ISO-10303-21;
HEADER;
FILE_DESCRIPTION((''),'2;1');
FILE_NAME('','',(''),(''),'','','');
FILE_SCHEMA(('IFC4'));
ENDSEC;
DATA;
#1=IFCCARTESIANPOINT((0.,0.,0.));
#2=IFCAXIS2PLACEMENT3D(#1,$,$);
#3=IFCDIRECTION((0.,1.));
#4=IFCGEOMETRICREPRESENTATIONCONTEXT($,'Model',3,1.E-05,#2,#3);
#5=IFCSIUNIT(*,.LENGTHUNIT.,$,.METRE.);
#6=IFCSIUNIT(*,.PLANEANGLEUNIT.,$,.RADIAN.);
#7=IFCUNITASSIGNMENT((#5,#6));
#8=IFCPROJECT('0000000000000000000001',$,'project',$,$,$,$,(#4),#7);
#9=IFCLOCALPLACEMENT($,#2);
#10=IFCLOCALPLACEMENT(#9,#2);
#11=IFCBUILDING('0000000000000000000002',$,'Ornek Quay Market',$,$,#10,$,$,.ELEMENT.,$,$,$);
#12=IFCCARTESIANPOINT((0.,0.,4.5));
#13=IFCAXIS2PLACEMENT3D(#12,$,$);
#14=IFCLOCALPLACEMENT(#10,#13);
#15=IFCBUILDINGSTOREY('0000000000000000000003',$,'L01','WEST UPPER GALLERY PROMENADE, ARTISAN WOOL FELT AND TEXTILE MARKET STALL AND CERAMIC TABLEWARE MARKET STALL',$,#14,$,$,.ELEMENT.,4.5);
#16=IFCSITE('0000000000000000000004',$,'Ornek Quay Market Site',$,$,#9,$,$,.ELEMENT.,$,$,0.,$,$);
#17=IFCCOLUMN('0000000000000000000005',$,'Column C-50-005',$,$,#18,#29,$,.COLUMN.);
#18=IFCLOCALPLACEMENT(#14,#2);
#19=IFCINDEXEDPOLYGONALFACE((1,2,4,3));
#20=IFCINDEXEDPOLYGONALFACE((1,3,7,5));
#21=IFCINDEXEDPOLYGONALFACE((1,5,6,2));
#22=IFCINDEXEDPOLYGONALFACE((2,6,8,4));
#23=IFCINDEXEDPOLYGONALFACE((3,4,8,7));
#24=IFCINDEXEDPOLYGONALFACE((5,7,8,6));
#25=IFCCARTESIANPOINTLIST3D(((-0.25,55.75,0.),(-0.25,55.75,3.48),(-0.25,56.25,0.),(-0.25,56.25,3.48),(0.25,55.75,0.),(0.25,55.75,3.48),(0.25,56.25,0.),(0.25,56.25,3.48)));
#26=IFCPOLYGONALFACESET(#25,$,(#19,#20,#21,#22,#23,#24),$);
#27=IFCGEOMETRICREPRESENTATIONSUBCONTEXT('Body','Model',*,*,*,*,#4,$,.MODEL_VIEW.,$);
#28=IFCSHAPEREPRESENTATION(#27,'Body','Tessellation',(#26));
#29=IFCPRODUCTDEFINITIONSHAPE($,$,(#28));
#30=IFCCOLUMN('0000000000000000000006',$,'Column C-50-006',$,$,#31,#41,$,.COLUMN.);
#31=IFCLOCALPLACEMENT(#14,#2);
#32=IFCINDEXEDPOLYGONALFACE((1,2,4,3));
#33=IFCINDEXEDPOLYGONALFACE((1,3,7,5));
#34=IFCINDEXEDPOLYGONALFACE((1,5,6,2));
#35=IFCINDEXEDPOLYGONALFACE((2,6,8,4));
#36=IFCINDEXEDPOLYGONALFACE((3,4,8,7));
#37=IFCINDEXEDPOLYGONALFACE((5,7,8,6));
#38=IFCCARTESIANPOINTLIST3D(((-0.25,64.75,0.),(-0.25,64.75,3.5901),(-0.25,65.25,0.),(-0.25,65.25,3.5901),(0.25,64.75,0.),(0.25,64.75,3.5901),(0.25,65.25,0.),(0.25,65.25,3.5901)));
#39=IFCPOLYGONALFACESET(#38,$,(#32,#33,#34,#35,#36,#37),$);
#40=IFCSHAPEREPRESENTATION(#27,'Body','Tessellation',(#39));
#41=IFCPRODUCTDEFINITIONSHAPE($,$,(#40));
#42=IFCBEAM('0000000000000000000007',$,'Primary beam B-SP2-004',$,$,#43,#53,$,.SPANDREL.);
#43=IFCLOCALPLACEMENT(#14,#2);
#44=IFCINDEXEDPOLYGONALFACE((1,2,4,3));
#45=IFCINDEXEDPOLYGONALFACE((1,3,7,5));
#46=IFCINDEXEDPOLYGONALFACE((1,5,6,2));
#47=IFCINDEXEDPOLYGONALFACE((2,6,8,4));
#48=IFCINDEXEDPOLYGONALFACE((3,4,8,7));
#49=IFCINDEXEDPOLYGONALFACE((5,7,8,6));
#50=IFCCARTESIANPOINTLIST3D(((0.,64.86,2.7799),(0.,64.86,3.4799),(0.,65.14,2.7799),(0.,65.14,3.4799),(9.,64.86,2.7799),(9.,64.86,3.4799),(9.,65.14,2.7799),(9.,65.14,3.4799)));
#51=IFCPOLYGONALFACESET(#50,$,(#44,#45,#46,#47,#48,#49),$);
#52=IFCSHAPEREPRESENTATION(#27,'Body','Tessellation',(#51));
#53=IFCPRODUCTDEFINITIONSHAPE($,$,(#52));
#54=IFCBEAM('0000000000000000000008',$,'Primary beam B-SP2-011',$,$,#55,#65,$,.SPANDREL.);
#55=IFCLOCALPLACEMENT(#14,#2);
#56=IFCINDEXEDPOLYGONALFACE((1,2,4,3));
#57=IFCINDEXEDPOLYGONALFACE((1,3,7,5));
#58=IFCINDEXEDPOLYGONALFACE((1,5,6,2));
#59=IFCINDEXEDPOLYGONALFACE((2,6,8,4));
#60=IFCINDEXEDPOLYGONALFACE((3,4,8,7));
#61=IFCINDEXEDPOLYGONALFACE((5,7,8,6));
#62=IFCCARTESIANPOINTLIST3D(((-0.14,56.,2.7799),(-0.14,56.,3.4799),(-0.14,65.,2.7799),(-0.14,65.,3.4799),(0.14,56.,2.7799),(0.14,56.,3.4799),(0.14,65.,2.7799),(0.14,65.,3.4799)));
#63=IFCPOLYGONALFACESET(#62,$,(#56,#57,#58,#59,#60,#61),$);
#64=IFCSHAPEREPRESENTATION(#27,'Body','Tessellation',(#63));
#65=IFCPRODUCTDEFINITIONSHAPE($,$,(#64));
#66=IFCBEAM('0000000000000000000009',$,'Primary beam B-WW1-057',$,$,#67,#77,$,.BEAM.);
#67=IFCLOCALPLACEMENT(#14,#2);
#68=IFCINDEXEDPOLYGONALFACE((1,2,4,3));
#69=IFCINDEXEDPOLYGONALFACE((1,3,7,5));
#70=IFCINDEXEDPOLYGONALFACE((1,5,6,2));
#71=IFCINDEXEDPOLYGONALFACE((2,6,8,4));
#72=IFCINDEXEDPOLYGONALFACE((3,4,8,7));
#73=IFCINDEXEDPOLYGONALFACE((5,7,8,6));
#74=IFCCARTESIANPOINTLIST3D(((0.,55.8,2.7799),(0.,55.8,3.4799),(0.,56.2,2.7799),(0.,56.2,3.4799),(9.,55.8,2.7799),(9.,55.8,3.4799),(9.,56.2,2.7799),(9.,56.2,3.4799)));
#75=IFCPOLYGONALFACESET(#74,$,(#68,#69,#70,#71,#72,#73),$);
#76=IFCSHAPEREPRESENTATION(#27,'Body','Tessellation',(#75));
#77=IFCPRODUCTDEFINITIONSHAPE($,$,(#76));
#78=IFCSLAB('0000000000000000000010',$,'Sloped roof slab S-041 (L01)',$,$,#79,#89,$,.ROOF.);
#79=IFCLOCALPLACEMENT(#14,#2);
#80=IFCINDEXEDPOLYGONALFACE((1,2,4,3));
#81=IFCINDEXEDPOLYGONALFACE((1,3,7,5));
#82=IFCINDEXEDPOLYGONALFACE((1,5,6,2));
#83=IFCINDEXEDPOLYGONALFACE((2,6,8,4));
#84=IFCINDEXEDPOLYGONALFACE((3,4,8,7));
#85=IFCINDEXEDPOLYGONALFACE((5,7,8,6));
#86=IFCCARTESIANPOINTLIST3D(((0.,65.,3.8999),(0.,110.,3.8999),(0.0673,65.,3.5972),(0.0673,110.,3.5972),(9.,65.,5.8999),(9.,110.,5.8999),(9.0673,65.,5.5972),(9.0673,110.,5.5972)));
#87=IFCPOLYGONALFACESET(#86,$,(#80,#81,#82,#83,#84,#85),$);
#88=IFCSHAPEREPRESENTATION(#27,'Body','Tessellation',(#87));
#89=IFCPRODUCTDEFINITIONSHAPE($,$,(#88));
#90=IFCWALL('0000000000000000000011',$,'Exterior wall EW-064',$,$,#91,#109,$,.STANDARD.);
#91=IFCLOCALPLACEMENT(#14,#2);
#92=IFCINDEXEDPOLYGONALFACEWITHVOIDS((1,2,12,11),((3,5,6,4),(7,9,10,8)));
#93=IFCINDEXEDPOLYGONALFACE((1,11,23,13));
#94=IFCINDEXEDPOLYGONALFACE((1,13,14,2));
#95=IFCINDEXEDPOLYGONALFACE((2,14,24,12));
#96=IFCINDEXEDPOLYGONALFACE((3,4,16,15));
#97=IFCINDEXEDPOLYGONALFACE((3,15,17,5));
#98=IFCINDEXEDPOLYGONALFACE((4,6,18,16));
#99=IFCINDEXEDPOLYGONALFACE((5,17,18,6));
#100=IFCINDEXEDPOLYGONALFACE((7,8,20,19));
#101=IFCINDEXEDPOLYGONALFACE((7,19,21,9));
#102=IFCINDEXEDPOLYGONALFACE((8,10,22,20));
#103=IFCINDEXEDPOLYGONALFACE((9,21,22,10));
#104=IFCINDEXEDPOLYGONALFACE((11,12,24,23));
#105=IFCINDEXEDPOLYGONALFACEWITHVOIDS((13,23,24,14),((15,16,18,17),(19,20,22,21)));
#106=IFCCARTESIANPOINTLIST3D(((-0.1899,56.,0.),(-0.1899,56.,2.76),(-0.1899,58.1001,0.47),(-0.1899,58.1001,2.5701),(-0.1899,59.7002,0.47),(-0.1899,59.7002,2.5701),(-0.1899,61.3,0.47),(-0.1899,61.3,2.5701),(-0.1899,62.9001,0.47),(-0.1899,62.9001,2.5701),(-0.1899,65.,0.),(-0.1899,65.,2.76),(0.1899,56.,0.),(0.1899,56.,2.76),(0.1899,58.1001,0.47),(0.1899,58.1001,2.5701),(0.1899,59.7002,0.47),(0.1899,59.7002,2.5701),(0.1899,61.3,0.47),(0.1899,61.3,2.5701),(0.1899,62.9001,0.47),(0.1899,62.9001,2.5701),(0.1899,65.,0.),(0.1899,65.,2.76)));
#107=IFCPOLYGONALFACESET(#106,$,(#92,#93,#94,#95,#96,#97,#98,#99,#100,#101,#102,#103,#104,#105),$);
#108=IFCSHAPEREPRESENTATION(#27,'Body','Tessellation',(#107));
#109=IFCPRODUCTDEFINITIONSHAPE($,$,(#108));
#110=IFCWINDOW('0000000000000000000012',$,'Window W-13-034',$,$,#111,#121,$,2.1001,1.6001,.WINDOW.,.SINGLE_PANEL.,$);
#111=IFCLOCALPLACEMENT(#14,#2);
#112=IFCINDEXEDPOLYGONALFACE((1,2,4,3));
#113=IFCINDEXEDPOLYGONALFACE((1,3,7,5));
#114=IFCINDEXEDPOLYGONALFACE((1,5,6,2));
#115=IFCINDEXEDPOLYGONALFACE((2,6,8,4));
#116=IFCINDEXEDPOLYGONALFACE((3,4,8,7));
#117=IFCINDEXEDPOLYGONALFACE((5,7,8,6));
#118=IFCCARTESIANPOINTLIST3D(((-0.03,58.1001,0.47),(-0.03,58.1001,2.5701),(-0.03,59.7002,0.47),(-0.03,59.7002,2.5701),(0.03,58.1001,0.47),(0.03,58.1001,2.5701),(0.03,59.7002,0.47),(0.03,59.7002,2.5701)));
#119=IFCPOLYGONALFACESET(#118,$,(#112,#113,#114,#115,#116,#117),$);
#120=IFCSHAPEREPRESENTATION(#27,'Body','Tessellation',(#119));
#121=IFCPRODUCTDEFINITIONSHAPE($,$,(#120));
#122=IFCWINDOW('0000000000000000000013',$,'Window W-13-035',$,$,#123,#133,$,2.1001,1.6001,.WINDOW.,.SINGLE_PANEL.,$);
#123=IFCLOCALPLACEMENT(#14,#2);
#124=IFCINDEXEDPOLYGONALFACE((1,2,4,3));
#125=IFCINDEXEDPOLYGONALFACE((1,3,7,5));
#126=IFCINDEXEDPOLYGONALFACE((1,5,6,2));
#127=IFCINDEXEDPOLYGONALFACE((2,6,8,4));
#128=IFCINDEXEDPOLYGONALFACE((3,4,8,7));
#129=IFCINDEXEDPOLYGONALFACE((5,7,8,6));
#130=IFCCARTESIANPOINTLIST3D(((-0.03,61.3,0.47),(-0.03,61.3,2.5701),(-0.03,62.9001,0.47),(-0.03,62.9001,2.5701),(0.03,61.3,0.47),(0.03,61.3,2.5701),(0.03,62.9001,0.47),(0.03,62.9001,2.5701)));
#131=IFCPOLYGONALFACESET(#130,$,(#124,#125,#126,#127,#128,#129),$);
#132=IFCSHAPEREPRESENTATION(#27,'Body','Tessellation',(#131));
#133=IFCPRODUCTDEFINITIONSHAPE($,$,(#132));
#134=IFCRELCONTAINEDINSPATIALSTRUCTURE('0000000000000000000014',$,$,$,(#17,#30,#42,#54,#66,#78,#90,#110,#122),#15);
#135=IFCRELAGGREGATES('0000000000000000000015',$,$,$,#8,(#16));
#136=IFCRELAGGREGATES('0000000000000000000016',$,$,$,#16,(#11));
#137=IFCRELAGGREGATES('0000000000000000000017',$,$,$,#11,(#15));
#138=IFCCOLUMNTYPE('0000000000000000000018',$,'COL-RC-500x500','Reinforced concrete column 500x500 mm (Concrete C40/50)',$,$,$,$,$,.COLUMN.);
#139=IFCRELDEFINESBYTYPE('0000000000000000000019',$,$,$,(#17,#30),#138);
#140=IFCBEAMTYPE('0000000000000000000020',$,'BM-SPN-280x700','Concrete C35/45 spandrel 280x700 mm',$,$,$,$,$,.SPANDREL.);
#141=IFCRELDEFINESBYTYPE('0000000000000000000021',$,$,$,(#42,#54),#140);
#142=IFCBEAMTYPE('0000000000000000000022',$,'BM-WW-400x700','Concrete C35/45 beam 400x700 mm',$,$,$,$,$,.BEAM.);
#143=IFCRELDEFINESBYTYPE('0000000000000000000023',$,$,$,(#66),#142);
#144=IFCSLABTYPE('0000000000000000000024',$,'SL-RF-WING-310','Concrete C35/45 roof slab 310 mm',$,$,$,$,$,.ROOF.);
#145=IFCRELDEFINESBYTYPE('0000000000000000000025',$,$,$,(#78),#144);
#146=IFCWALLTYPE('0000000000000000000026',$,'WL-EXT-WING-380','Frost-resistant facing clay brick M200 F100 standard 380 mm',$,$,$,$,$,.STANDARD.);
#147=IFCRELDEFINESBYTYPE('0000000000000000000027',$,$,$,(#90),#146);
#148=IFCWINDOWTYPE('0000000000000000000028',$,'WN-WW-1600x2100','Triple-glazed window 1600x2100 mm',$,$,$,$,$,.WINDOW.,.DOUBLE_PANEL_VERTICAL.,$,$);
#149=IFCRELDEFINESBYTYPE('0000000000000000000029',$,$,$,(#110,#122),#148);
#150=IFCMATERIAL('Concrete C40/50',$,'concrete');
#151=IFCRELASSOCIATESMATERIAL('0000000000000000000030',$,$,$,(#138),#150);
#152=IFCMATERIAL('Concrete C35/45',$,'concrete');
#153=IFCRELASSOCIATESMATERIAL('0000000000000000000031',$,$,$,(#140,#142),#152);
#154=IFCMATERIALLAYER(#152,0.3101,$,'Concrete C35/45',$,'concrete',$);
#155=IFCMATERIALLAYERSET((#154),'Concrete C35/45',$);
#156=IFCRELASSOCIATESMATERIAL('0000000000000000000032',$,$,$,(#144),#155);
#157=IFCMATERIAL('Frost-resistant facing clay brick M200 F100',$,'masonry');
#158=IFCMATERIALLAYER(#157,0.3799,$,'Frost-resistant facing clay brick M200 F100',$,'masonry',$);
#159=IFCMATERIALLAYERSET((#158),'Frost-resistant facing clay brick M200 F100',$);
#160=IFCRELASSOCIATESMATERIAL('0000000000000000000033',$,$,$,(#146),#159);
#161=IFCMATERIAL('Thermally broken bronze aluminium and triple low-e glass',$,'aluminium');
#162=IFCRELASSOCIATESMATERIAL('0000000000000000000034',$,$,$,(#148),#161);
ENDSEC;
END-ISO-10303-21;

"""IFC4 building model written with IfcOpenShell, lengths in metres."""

from ifc_helpers import new_model, si_unit, direction, frame, frame_2d, origin, origin_2d, place, context, subcontext, project, spatial, polyline, rectangle, outline, extrude, material, layer, layer_set, material_profile, profile_set, type_object, element, fill, save


model = new_model("IFC4")

# Units and contexts
model_context = context("Model", 3, precision=1e-05, world=origin(), true_north=direction((0.0, 1.0)))
body_context = subcontext(model_context, "Body", "Model", "MODEL_VIEW")
ifc_project = project(units=[si_unit("LENGTHUNIT", "METRE"), si_unit("PLANEANGLEUNIT", "RADIAN")], contexts=[model_context])

# Site, building, storey
site_placement = place(None, origin())
site = spatial("IfcSite", under=ifc_project, at=site_placement, Name="Ornek Quay Market Site", CompositionType="ELEMENT", RefElevation=0.0)
building_placement = place(site_placement, origin())
building = spatial("IfcBuilding", under=site, at=building_placement, Name="Ornek Quay Market", CompositionType="ELEMENT")
storey_placement = place(building_placement, frame((0.0, 0.0, 4.5)))
storey = spatial("IfcBuildingStorey", under=building, at=storey_placement, Name="L01", Description="WEST UPPER GALLERY PROMENADE, ARTISAN WOOL FELT AND TEXTILE MARKET STALL AND CERAMIC TABLEWARE MARKET STALL", CompositionType="ELEMENT", Elevation=4.5)

# Columns
ifc_material_1 = material(Name="Concrete C40/50", Category="concrete")
ifc_material_profile_1 = material_profile(ifc_material_1, rectangle(XDim=0.5, YDim=0.5, at=origin_2d()), Name="RC 500x500", Category="concrete")
ifc_profile_set_1 = profile_set([ifc_material_profile_1], Name="Concrete C40/50")
column_type = type_object("IfcColumnType", Name="COL-RC-500x500", Description="Reinforced concrete column 500x500 mm (Concrete C40/50)", PredefinedType="COLUMN", material=ifc_profile_set_1)
column_1_placement = place(storey_placement, frame((0.0, 56.0, 0.0), z_axis=(0.0, 0.0, 1.0), x_axis=(1.0, 0.0, 0.0)))
element("IfcColumn", 1, at=column_1_placement, inside=storey, type_object=column_type, Name="Column C-50-005", PredefinedType="COLUMN", context=body_context, shape_type="SweptSolid", body=[
    extrude(rectangle(XDim=0.5, YDim=0.5, at=origin_2d()), origin(), (0.0, 0.0, 1.0), 3.48),
])
column_2_placement = place(storey_placement, frame((0.0, 65.0, 0.0), z_axis=(0.0, 0.0, 1.0), x_axis=(1.0, 0.0, 0.0)))
element("IfcColumn", 2, at=column_2_placement, inside=storey, type_object=column_type, Name="Column C-50-006", PredefinedType="COLUMN", context=body_context, shape_type="SweptSolid", body=[
    extrude(rectangle(XDim=0.5, YDim=0.5, at=origin_2d()), origin(), (0.0, 0.0, 1.0), 3.5901),
])

# Beams
ifc_material_2 = material(Name="Concrete C35/45", Category="concrete")
ifc_material_profile_2 = material_profile(ifc_material_2, rectangle(XDim=0.28, YDim=0.7, at=origin_2d()), Name="RC 280x700", Category="concrete")
ifc_profile_set_2 = profile_set([ifc_material_profile_2], Name="Concrete C35/45")
beam_type_1 = type_object("IfcBeamType", Name="BM-SPN-280x700", Description="Concrete C35/45 spandrel 280x700 mm", PredefinedType="SPANDREL", material=ifc_profile_set_2)
for number, where, z_axis, x_axis, name in (
    (3, (0.0, 65.0, 3.1299), (1.0, 0.0, 0.0), (0.0, 1.0, 0.0), "Primary beam B-SP2-004"),
    (4, (0.0, 56.0, 3.1299), (0.0, 1.0, 0.0), (-1.0, 0.0, 0.0), "Primary beam B-SP2-011"),
):
    element("IfcBeam", number, at=place(storey_placement, frame(where, z_axis=z_axis, x_axis=x_axis)), inside=storey, type_object=beam_type_1, Name=name, PredefinedType="SPANDREL", context=body_context, shape_type="SweptSolid", body=[
        extrude(rectangle(XDim=0.28, YDim=0.7, at=origin_2d()), origin(), (0.0, 0.0, 1.0), 9.0),
    ])
ifc_material_profile_3 = material_profile(ifc_material_2, rectangle(XDim=0.3999, YDim=0.7, at=origin_2d()), Name="RC 400x700", Category="concrete")
ifc_profile_set_3 = profile_set([ifc_material_profile_3], Name="Concrete C35/45")
beam_type_2 = type_object("IfcBeamType", Name="BM-WW-400x700", Description="Concrete C35/45 beam 400x700 mm", PredefinedType="BEAM", material=ifc_profile_set_3)
beam_placement = place(storey_placement, frame((0.0, 56.0, 3.1299), z_axis=(1.0, 0.0, 0.0), x_axis=(0.0, 1.0, 0.0)))
element("IfcBeam", 5, at=beam_placement, inside=storey, type_object=beam_type_2, Name="Primary beam B-WW1-057", PredefinedType="BEAM", context=body_context, shape_type="SweptSolid", body=[
    extrude(rectangle(XDim=0.3999, YDim=0.7, at=origin_2d()), origin(), (0.0, 0.0, 1.0), 9.0),
])

# Slab
ifc_layer_1 = layer(ifc_material_2, 0.3101, Name="Concrete C35/45", Category="concrete")
ifc_layer_set_1 = layer_set([ifc_layer_1], Name="Concrete C35/45")
slab_type = type_object("IfcSlabType", Name="SL-RF-WING-310", Description="Concrete C35/45 roof slab 310 mm", PredefinedType="ROOF", material=ifc_layer_set_1)
slab_placement = place(storey_placement, frame((0.0, 65.0, 3.8999), z_axis=(-0.21693, 0.0, 0.976187), x_axis=(0.976187, 0.0, 0.21693)))
element("IfcSlab", 6, at=slab_placement, inside=storey, type_object=slab_type, Name="Sloped roof slab S-041 (L01)", PredefinedType="ROOF", context=body_context, shape_type="SweptSolid", body=[
    extrude(outline(polyline([(0.0, 0.0), (9.2195, 0.0), (9.2195, 45.0), (0.0, 45.0), (0.0, 0.0)])), origin(), (0.0, 0.0, -1.0), 0.3101),
])

# Wall, openings, windows
ifc_material_3 = material(Name="Frost-resistant facing clay brick M200 F100", Category="masonry")
ifc_layer_2 = layer(ifc_material_3, 0.3799, Name="Frost-resistant facing clay brick M200 F100", Category="masonry")
ifc_layer_set_2 = layer_set([ifc_layer_2], Name="Frost-resistant facing clay brick M200 F100")
wall_type_1 = type_object("IfcWallType", Name="WL-EXT-WING-380", Description="Frost-resistant facing clay brick M200 F100 standard 380 mm", PredefinedType="STANDARD", material=ifc_layer_set_2)
wall_1_placement = place(storey_placement, frame((0.0, 56.0, 0.0), z_axis=(0.0, 0.0, 1.0), x_axis=(0.0, 1.0, 0.0)))
wall_1 = element("IfcWall", 7, at=wall_1_placement, inside=storey, type_object=wall_type_1, Name="Exterior wall EW-064", PredefinedType="STANDARD", context=body_context, shape_type="SweptSolid", body=[
    extrude(rectangle(XDim=9.0, YDim=0.3799, at=frame_2d((4.5, 0.0))), origin(), (0.0, 0.0, 1.0), 2.76),
])
opening_1_placement = place(wall_1_placement, frame((2.1001, 0.0, 0.47)))
opening_1 = element("IfcOpeningElement", 8, at=opening_1_placement, cuts=wall_1, PredefinedType="OPENING", context=body_context, shape_type="SweptSolid", body=[
    extrude(rectangle(XDim=1.6001, YDim=2.1001, at=frame_2d((0.8, 1.05))), frame((0.0, 0.2, 0.0), z_axis=(0.0, -1.0, 0.0), x_axis=(1.0, 0.0, 0.0)), (0.0, 0.0, 1.0), 0.3999),
])
opening_2_placement = place(wall_1_placement, frame((5.3, 0.0, 0.47)))
opening_2 = element("IfcOpeningElement", 9, at=opening_2_placement, cuts=wall_1, PredefinedType="OPENING", context=body_context, shape_type="SweptSolid", body=[
    extrude(rectangle(XDim=1.6001, YDim=2.1001, at=frame_2d((0.8, 1.05))), frame((0.0, 0.2, 0.0), z_axis=(0.0, -1.0, 0.0), x_axis=(1.0, 0.0, 0.0)), (0.0, 0.0, 1.0), 0.3999),
])
ifc_material_4 = material(Name="Thermally broken bronze aluminium and triple low-e glass", Category="aluminium")
window_type_1 = type_object("IfcWindowType", Name="WN-WW-1600x2100", Description="Triple-glazed window 1600x2100 mm", PartitioningType="DOUBLE_PANEL_VERTICAL", PredefinedType="WINDOW", material=ifc_material_4)
window_1_placement = place(opening_1_placement, origin())
window_1 = element("IfcWindow", 10, at=window_1_placement, inside=storey, type_object=window_type_1, Name="Window W-13-034", OverallHeight=2.1001, OverallWidth=1.6001, PartitioningType="SINGLE_PANEL", PredefinedType="WINDOW", context=body_context, shape_type="SweptSolid", body=[
    extrude(rectangle(XDim=1.6001, YDim=2.1001, at=frame_2d((0.8, 1.05))), frame((0.0, 0.03, 0.0), z_axis=(0.0, -1.0, 0.0), x_axis=(1.0, 0.0, 0.0)), (0.0, 0.0, 1.0), 0.0601),
])
fill(opening_1, window_1)
window_2_placement = place(opening_2_placement, origin())
window_2 = element("IfcWindow", 11, at=window_2_placement, inside=storey, type_object=window_type_1, Name="Window W-13-035", OverallHeight=2.1001, OverallWidth=1.6001, PartitioningType="SINGLE_PANEL", PredefinedType="WINDOW", context=body_context, shape_type="SweptSolid", body=[
    extrude(rectangle(XDim=1.6001, YDim=2.1001, at=frame_2d((0.8, 1.05))), frame((0.0, 0.03, 0.0), z_axis=(0.0, -1.0, 0.0), x_axis=(1.0, 0.0, 0.0)), (0.0, 0.0, 1.0), 0.0601),
])
fill(opening_2, window_2)

save(model, "model.ifc")
